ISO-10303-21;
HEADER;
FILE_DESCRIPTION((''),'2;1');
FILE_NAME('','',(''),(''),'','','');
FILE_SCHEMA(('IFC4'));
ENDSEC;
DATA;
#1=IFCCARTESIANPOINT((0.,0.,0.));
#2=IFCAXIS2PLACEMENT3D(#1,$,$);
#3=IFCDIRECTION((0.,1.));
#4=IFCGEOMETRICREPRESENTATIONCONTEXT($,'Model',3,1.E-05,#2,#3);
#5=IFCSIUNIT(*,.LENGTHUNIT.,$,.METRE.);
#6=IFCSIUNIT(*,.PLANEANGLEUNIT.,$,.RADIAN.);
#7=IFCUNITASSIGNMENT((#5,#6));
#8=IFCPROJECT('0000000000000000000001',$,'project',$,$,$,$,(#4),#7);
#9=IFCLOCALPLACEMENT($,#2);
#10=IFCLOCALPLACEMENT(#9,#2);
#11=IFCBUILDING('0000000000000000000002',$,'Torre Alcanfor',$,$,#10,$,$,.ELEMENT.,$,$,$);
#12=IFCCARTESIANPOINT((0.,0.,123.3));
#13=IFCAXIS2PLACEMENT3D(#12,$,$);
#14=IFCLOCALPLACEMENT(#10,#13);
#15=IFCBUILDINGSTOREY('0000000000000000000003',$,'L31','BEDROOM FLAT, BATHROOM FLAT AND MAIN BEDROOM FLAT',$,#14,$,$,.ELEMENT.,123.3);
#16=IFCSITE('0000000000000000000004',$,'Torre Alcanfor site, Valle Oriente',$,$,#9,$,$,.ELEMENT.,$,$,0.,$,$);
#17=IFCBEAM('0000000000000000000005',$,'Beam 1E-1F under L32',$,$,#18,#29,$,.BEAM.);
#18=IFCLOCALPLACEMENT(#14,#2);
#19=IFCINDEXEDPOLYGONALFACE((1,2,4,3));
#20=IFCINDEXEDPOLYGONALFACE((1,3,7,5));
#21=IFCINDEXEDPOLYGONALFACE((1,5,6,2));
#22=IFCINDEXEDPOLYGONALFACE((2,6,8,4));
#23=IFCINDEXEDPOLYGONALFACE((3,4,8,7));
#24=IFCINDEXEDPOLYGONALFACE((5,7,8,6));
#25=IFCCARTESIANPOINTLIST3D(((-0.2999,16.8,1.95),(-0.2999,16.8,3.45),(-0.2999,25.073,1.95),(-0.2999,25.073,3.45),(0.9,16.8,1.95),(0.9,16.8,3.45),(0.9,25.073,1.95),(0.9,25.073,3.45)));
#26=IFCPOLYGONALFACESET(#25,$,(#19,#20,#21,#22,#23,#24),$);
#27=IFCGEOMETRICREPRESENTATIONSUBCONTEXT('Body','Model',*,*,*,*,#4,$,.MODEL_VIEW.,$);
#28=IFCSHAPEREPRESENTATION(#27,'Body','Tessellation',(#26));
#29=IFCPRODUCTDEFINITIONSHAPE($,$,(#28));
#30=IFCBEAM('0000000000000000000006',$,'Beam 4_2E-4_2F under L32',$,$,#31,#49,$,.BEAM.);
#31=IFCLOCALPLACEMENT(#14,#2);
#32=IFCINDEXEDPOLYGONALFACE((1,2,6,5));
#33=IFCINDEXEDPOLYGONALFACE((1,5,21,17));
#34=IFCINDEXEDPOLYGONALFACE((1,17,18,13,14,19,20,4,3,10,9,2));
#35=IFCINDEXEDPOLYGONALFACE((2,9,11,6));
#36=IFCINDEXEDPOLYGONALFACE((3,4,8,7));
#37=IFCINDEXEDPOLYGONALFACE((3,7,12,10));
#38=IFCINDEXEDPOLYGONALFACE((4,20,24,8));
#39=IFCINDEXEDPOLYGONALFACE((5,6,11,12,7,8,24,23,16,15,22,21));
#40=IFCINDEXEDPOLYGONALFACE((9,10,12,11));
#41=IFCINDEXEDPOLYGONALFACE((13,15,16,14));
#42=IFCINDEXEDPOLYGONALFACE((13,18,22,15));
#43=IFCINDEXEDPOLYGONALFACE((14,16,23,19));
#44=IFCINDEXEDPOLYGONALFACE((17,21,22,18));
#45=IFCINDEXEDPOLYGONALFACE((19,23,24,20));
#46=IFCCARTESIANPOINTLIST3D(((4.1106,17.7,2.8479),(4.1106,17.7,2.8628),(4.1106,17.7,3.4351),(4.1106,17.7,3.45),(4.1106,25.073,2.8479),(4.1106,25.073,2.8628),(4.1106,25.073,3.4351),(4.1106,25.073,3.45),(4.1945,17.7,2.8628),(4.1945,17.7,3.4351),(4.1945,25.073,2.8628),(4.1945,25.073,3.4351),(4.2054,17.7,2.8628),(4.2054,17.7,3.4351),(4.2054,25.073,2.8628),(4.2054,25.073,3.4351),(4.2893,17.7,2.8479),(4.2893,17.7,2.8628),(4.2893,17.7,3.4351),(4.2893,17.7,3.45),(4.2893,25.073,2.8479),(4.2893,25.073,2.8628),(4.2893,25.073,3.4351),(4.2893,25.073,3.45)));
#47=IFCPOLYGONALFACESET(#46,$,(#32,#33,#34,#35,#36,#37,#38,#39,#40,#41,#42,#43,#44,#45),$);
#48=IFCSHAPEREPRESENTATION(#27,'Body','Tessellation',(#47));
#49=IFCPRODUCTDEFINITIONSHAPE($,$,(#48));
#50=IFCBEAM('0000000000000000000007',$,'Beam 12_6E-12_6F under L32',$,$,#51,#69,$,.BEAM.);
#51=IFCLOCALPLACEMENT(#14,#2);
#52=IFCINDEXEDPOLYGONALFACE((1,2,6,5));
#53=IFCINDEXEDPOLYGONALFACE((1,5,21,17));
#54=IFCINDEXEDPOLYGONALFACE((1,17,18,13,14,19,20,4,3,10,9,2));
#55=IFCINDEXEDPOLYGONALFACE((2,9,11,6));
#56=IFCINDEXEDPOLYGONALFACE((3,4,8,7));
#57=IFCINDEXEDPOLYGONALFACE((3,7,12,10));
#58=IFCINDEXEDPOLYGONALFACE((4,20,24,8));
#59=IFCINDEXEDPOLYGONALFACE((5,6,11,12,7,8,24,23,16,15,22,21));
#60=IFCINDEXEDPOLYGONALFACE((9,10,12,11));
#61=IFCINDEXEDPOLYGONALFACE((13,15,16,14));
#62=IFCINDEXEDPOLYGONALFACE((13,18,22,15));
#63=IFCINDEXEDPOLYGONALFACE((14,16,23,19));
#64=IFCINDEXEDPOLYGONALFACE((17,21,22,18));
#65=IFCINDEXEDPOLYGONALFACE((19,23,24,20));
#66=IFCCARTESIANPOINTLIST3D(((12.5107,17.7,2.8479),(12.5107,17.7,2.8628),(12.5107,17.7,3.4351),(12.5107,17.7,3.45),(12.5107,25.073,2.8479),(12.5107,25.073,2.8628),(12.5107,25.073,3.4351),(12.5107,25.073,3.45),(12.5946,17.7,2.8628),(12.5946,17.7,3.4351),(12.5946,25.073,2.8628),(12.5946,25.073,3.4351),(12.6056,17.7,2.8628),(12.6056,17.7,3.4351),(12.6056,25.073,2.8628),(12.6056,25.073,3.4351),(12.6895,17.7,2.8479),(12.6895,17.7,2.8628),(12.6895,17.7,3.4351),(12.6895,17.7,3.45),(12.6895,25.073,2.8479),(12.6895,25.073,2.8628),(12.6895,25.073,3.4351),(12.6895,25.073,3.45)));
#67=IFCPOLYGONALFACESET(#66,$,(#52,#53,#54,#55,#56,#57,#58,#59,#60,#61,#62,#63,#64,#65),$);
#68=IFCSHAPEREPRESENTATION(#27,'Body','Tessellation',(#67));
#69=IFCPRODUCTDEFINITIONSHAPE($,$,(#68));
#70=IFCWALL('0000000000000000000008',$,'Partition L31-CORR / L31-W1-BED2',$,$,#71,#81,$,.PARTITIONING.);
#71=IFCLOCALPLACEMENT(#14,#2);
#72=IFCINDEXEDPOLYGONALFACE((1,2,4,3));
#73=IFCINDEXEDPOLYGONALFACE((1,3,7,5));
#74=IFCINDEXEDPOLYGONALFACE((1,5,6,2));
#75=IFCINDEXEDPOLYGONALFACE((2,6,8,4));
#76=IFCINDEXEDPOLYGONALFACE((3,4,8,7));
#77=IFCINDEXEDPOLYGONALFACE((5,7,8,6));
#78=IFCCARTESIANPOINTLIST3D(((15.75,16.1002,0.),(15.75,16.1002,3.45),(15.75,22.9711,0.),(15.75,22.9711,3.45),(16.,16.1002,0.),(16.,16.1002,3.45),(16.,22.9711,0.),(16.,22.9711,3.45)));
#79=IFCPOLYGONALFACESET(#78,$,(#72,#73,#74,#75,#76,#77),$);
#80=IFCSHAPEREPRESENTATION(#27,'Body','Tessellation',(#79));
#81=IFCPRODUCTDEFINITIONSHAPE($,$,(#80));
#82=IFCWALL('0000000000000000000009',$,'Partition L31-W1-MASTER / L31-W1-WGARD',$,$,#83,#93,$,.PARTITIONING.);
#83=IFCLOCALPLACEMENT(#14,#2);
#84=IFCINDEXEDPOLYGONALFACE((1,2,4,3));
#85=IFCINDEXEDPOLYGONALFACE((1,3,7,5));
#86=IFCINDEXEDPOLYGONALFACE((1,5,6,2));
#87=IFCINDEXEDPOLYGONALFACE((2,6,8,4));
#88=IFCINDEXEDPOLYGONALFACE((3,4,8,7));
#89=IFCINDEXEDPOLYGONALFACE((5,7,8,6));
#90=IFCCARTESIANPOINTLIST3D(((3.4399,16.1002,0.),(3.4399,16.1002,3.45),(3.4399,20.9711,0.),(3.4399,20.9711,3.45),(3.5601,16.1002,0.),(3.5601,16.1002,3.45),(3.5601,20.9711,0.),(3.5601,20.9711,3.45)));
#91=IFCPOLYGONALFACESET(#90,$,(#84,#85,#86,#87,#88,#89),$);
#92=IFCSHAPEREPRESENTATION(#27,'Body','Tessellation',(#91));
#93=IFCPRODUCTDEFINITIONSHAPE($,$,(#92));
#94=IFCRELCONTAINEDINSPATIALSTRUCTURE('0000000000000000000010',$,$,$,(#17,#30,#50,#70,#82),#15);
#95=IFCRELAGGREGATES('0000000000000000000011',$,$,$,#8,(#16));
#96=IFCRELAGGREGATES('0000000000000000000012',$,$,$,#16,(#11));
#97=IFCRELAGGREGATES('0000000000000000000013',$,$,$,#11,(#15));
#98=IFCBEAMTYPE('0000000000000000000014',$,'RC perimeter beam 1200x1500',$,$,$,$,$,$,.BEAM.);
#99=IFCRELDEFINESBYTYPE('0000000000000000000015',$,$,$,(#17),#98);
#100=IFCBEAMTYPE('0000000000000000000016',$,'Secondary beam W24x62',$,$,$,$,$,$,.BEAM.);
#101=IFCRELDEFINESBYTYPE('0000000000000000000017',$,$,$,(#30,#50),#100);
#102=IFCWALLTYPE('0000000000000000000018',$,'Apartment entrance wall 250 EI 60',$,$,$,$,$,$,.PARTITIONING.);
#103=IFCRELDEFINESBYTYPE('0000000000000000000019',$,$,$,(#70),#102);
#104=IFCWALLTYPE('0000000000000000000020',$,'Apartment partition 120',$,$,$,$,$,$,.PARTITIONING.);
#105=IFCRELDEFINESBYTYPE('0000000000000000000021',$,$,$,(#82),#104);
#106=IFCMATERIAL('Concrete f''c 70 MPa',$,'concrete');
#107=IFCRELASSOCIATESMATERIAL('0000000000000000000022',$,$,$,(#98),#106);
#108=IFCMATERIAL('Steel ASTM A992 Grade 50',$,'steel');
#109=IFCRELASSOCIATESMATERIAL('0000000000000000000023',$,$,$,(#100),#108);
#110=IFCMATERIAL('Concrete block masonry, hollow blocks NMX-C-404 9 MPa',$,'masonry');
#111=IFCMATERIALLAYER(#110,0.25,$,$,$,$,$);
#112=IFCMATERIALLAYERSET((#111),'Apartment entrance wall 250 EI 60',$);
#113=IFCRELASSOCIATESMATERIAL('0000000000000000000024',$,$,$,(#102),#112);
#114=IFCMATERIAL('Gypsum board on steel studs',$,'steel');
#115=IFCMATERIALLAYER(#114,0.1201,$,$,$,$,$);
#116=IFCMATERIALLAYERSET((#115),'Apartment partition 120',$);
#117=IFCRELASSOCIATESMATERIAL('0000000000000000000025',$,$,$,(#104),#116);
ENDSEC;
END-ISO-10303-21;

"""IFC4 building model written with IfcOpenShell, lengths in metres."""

from ifc_helpers import new_model, si_unit, direction, frame, frame_2d, origin, origin_2d, place, context, subcontext, project, spatial, rectangle, i_section, extrude, material, layer, layer_set, material_profile, profile_set, type_object, element, save


model = new_model("IFC4")

# Units and contexts
model_context = context("Model", 3, precision=1e-05, world=origin(), true_north=direction((0.0, 1.0)))
body_context = subcontext(model_context, "Body", "Model", "MODEL_VIEW")
ifc_project = project(units=[si_unit("LENGTHUNIT", "METRE"), si_unit("PLANEANGLEUNIT", "RADIAN")], contexts=[model_context])

# Site, building, storey
site_placement = place(None, origin())
site = spatial("IfcSite", under=ifc_project, at=site_placement, Name="Torre Alcanfor site, Valle Oriente", CompositionType="ELEMENT", RefElevation=0.0)
building_placement = place(site_placement, origin())
building = spatial("IfcBuilding", under=site, at=building_placement, Name="Torre Alcanfor", CompositionType="ELEMENT")
storey_placement = place(building_placement, frame((0.0, 0.0, 123.3)))
storey = spatial("IfcBuildingStorey", under=building, at=storey_placement, Name="L31", Description="BEDROOM FLAT, BATHROOM FLAT AND MAIN BEDROOM FLAT", CompositionType="ELEMENT", Elevation=123.3)

# Beams
ifc_material_1 = material(Name="Concrete f'c 70 MPa", Category="concrete")
ifc_material_profile_1 = material_profile(ifc_material_1, rectangle(XDim=1.2, YDim=1.5, at=origin_2d()), Name="1200x1500")
ifc_profile_set_1 = profile_set([ifc_material_profile_1], Name="Concrete f'c 70 MPa")
beam_type_1 = type_object("IfcBeamType", Name="RC perimeter beam 1200x1500", PredefinedType="BEAM", material=ifc_profile_set_1)
beam_1_placement = place(storey_placement, frame((0.3, 16.8, 2.7), z_axis=(0.0, 1.0, 0.0), x_axis=(-1.0, 0.0, 0.0)))
element("IfcBeam", 1, at=beam_1_placement, inside=storey, type_object=beam_type_1, Name="Beam 1E-1F under L32", PredefinedType="BEAM", context=body_context, shape_type="SweptSolid", body=[
    extrude(rectangle(XDim=1.2, YDim=1.5, at=origin_2d()), origin(), (0.0, 0.0, 1.0), 8.2729),
])
ifc_material_2 = material(Name="Steel ASTM A992 Grade 50", Category="steel")
ifc_material_profile_2 = material_profile(ifc_material_2, i_section(OverallWidth=0.1787, OverallDepth=0.6021, WebThickness=0.011, FlangeThickness=0.0149, at=origin_2d()), Name="W24x62")
ifc_profile_set_2 = profile_set([ifc_material_profile_2], Name="Steel ASTM A992 Grade 50")
beam_type_2 = type_object("IfcBeamType", Name="Secondary beam W24x62", PredefinedType="BEAM", material=ifc_profile_set_2)
for number, where, z_axis, x_axis, name in (
    (2, (4.2, 17.7, 3.1489), (0.0, 1.0, 0.0), (-1.0, 0.0, 0.0), "Beam 4_2E-4_2F under L32"),
    (3, (12.6001, 17.7, 3.1489), (0.0, 1.0, 0.0), (-1.0, 0.0, 0.0), "Beam 12_6E-12_6F under L32"),
):
    element("IfcBeam", number, at=place(storey_placement, frame(where, z_axis=z_axis, x_axis=x_axis)), inside=storey, type_object=beam_type_2, Name=name, PredefinedType="BEAM", context=body_context, shape_type="SweptSolid", body=[
        extrude(i_section(OverallWidth=0.1787, OverallDepth=0.6021, WebThickness=0.011, FlangeThickness=0.0149, at=origin_2d()), origin(), (0.0, 0.0, 1.0), 7.373),
    ])

# Walls
ifc_material_3 = material(Name="Concrete block masonry, hollow blocks NMX-C-404 9 MPa", Category="masonry")
ifc_layer_1 = layer(ifc_material_3, 0.25)
ifc_layer_set_1 = layer_set([ifc_layer_1], Name="Apartment entrance wall 250 EI 60")
wall_type_1 = type_object("IfcWallType", Name="Apartment entrance wall 250 EI 60", PredefinedType="PARTITIONING", material=ifc_layer_set_1)
wall_1_placement = place(storey_placement, frame((15.875, 16.1001, 0.0), z_axis=(0.0, 0.0, 1.0), x_axis=(0.0, 1.0, 0.0)))
element("IfcWall", 4, at=wall_1_placement, inside=storey, type_object=wall_type_1, Name="Partition L31-CORR / L31-W1-BED2", PredefinedType="PARTITIONING", context=body_context, shape_type="SweptSolid", body=[
    extrude(rectangle(XDim=6.8708, YDim=0.25, at=frame_2d((3.4355, 0.0))), origin(), (0.0, 0.0, 1.0), 3.45),
])
ifc_material_4 = material(Name="Gypsum board on steel studs", Category="steel")
ifc_layer_2 = layer(ifc_material_4, 0.1201)
ifc_layer_set_2 = layer_set([ifc_layer_2], Name="Apartment partition 120")
wall_type_2 = type_object("IfcWallType", Name="Apartment partition 120", PredefinedType="PARTITIONING", material=ifc_layer_set_2)
wall_2_placement = place(storey_placement, frame((3.5, 16.1001, 0.0), z_axis=(0.0, 0.0, 1.0), x_axis=(0.0, 1.0, 0.0)))
element("IfcWall", 5, at=wall_2_placement, inside=storey, type_object=wall_type_2, Name="Partition L31-W1-MASTER / L31-W1-WGARD", PredefinedType="PARTITIONING", context=body_context, shape_type="SweptSolid", body=[
    extrude(rectangle(XDim=4.8708, YDim=0.1201, at=frame_2d((2.4355, 0.0))), origin(), (0.0, 0.0, 1.0), 3.45),
])

save(model, "model.ifc")
